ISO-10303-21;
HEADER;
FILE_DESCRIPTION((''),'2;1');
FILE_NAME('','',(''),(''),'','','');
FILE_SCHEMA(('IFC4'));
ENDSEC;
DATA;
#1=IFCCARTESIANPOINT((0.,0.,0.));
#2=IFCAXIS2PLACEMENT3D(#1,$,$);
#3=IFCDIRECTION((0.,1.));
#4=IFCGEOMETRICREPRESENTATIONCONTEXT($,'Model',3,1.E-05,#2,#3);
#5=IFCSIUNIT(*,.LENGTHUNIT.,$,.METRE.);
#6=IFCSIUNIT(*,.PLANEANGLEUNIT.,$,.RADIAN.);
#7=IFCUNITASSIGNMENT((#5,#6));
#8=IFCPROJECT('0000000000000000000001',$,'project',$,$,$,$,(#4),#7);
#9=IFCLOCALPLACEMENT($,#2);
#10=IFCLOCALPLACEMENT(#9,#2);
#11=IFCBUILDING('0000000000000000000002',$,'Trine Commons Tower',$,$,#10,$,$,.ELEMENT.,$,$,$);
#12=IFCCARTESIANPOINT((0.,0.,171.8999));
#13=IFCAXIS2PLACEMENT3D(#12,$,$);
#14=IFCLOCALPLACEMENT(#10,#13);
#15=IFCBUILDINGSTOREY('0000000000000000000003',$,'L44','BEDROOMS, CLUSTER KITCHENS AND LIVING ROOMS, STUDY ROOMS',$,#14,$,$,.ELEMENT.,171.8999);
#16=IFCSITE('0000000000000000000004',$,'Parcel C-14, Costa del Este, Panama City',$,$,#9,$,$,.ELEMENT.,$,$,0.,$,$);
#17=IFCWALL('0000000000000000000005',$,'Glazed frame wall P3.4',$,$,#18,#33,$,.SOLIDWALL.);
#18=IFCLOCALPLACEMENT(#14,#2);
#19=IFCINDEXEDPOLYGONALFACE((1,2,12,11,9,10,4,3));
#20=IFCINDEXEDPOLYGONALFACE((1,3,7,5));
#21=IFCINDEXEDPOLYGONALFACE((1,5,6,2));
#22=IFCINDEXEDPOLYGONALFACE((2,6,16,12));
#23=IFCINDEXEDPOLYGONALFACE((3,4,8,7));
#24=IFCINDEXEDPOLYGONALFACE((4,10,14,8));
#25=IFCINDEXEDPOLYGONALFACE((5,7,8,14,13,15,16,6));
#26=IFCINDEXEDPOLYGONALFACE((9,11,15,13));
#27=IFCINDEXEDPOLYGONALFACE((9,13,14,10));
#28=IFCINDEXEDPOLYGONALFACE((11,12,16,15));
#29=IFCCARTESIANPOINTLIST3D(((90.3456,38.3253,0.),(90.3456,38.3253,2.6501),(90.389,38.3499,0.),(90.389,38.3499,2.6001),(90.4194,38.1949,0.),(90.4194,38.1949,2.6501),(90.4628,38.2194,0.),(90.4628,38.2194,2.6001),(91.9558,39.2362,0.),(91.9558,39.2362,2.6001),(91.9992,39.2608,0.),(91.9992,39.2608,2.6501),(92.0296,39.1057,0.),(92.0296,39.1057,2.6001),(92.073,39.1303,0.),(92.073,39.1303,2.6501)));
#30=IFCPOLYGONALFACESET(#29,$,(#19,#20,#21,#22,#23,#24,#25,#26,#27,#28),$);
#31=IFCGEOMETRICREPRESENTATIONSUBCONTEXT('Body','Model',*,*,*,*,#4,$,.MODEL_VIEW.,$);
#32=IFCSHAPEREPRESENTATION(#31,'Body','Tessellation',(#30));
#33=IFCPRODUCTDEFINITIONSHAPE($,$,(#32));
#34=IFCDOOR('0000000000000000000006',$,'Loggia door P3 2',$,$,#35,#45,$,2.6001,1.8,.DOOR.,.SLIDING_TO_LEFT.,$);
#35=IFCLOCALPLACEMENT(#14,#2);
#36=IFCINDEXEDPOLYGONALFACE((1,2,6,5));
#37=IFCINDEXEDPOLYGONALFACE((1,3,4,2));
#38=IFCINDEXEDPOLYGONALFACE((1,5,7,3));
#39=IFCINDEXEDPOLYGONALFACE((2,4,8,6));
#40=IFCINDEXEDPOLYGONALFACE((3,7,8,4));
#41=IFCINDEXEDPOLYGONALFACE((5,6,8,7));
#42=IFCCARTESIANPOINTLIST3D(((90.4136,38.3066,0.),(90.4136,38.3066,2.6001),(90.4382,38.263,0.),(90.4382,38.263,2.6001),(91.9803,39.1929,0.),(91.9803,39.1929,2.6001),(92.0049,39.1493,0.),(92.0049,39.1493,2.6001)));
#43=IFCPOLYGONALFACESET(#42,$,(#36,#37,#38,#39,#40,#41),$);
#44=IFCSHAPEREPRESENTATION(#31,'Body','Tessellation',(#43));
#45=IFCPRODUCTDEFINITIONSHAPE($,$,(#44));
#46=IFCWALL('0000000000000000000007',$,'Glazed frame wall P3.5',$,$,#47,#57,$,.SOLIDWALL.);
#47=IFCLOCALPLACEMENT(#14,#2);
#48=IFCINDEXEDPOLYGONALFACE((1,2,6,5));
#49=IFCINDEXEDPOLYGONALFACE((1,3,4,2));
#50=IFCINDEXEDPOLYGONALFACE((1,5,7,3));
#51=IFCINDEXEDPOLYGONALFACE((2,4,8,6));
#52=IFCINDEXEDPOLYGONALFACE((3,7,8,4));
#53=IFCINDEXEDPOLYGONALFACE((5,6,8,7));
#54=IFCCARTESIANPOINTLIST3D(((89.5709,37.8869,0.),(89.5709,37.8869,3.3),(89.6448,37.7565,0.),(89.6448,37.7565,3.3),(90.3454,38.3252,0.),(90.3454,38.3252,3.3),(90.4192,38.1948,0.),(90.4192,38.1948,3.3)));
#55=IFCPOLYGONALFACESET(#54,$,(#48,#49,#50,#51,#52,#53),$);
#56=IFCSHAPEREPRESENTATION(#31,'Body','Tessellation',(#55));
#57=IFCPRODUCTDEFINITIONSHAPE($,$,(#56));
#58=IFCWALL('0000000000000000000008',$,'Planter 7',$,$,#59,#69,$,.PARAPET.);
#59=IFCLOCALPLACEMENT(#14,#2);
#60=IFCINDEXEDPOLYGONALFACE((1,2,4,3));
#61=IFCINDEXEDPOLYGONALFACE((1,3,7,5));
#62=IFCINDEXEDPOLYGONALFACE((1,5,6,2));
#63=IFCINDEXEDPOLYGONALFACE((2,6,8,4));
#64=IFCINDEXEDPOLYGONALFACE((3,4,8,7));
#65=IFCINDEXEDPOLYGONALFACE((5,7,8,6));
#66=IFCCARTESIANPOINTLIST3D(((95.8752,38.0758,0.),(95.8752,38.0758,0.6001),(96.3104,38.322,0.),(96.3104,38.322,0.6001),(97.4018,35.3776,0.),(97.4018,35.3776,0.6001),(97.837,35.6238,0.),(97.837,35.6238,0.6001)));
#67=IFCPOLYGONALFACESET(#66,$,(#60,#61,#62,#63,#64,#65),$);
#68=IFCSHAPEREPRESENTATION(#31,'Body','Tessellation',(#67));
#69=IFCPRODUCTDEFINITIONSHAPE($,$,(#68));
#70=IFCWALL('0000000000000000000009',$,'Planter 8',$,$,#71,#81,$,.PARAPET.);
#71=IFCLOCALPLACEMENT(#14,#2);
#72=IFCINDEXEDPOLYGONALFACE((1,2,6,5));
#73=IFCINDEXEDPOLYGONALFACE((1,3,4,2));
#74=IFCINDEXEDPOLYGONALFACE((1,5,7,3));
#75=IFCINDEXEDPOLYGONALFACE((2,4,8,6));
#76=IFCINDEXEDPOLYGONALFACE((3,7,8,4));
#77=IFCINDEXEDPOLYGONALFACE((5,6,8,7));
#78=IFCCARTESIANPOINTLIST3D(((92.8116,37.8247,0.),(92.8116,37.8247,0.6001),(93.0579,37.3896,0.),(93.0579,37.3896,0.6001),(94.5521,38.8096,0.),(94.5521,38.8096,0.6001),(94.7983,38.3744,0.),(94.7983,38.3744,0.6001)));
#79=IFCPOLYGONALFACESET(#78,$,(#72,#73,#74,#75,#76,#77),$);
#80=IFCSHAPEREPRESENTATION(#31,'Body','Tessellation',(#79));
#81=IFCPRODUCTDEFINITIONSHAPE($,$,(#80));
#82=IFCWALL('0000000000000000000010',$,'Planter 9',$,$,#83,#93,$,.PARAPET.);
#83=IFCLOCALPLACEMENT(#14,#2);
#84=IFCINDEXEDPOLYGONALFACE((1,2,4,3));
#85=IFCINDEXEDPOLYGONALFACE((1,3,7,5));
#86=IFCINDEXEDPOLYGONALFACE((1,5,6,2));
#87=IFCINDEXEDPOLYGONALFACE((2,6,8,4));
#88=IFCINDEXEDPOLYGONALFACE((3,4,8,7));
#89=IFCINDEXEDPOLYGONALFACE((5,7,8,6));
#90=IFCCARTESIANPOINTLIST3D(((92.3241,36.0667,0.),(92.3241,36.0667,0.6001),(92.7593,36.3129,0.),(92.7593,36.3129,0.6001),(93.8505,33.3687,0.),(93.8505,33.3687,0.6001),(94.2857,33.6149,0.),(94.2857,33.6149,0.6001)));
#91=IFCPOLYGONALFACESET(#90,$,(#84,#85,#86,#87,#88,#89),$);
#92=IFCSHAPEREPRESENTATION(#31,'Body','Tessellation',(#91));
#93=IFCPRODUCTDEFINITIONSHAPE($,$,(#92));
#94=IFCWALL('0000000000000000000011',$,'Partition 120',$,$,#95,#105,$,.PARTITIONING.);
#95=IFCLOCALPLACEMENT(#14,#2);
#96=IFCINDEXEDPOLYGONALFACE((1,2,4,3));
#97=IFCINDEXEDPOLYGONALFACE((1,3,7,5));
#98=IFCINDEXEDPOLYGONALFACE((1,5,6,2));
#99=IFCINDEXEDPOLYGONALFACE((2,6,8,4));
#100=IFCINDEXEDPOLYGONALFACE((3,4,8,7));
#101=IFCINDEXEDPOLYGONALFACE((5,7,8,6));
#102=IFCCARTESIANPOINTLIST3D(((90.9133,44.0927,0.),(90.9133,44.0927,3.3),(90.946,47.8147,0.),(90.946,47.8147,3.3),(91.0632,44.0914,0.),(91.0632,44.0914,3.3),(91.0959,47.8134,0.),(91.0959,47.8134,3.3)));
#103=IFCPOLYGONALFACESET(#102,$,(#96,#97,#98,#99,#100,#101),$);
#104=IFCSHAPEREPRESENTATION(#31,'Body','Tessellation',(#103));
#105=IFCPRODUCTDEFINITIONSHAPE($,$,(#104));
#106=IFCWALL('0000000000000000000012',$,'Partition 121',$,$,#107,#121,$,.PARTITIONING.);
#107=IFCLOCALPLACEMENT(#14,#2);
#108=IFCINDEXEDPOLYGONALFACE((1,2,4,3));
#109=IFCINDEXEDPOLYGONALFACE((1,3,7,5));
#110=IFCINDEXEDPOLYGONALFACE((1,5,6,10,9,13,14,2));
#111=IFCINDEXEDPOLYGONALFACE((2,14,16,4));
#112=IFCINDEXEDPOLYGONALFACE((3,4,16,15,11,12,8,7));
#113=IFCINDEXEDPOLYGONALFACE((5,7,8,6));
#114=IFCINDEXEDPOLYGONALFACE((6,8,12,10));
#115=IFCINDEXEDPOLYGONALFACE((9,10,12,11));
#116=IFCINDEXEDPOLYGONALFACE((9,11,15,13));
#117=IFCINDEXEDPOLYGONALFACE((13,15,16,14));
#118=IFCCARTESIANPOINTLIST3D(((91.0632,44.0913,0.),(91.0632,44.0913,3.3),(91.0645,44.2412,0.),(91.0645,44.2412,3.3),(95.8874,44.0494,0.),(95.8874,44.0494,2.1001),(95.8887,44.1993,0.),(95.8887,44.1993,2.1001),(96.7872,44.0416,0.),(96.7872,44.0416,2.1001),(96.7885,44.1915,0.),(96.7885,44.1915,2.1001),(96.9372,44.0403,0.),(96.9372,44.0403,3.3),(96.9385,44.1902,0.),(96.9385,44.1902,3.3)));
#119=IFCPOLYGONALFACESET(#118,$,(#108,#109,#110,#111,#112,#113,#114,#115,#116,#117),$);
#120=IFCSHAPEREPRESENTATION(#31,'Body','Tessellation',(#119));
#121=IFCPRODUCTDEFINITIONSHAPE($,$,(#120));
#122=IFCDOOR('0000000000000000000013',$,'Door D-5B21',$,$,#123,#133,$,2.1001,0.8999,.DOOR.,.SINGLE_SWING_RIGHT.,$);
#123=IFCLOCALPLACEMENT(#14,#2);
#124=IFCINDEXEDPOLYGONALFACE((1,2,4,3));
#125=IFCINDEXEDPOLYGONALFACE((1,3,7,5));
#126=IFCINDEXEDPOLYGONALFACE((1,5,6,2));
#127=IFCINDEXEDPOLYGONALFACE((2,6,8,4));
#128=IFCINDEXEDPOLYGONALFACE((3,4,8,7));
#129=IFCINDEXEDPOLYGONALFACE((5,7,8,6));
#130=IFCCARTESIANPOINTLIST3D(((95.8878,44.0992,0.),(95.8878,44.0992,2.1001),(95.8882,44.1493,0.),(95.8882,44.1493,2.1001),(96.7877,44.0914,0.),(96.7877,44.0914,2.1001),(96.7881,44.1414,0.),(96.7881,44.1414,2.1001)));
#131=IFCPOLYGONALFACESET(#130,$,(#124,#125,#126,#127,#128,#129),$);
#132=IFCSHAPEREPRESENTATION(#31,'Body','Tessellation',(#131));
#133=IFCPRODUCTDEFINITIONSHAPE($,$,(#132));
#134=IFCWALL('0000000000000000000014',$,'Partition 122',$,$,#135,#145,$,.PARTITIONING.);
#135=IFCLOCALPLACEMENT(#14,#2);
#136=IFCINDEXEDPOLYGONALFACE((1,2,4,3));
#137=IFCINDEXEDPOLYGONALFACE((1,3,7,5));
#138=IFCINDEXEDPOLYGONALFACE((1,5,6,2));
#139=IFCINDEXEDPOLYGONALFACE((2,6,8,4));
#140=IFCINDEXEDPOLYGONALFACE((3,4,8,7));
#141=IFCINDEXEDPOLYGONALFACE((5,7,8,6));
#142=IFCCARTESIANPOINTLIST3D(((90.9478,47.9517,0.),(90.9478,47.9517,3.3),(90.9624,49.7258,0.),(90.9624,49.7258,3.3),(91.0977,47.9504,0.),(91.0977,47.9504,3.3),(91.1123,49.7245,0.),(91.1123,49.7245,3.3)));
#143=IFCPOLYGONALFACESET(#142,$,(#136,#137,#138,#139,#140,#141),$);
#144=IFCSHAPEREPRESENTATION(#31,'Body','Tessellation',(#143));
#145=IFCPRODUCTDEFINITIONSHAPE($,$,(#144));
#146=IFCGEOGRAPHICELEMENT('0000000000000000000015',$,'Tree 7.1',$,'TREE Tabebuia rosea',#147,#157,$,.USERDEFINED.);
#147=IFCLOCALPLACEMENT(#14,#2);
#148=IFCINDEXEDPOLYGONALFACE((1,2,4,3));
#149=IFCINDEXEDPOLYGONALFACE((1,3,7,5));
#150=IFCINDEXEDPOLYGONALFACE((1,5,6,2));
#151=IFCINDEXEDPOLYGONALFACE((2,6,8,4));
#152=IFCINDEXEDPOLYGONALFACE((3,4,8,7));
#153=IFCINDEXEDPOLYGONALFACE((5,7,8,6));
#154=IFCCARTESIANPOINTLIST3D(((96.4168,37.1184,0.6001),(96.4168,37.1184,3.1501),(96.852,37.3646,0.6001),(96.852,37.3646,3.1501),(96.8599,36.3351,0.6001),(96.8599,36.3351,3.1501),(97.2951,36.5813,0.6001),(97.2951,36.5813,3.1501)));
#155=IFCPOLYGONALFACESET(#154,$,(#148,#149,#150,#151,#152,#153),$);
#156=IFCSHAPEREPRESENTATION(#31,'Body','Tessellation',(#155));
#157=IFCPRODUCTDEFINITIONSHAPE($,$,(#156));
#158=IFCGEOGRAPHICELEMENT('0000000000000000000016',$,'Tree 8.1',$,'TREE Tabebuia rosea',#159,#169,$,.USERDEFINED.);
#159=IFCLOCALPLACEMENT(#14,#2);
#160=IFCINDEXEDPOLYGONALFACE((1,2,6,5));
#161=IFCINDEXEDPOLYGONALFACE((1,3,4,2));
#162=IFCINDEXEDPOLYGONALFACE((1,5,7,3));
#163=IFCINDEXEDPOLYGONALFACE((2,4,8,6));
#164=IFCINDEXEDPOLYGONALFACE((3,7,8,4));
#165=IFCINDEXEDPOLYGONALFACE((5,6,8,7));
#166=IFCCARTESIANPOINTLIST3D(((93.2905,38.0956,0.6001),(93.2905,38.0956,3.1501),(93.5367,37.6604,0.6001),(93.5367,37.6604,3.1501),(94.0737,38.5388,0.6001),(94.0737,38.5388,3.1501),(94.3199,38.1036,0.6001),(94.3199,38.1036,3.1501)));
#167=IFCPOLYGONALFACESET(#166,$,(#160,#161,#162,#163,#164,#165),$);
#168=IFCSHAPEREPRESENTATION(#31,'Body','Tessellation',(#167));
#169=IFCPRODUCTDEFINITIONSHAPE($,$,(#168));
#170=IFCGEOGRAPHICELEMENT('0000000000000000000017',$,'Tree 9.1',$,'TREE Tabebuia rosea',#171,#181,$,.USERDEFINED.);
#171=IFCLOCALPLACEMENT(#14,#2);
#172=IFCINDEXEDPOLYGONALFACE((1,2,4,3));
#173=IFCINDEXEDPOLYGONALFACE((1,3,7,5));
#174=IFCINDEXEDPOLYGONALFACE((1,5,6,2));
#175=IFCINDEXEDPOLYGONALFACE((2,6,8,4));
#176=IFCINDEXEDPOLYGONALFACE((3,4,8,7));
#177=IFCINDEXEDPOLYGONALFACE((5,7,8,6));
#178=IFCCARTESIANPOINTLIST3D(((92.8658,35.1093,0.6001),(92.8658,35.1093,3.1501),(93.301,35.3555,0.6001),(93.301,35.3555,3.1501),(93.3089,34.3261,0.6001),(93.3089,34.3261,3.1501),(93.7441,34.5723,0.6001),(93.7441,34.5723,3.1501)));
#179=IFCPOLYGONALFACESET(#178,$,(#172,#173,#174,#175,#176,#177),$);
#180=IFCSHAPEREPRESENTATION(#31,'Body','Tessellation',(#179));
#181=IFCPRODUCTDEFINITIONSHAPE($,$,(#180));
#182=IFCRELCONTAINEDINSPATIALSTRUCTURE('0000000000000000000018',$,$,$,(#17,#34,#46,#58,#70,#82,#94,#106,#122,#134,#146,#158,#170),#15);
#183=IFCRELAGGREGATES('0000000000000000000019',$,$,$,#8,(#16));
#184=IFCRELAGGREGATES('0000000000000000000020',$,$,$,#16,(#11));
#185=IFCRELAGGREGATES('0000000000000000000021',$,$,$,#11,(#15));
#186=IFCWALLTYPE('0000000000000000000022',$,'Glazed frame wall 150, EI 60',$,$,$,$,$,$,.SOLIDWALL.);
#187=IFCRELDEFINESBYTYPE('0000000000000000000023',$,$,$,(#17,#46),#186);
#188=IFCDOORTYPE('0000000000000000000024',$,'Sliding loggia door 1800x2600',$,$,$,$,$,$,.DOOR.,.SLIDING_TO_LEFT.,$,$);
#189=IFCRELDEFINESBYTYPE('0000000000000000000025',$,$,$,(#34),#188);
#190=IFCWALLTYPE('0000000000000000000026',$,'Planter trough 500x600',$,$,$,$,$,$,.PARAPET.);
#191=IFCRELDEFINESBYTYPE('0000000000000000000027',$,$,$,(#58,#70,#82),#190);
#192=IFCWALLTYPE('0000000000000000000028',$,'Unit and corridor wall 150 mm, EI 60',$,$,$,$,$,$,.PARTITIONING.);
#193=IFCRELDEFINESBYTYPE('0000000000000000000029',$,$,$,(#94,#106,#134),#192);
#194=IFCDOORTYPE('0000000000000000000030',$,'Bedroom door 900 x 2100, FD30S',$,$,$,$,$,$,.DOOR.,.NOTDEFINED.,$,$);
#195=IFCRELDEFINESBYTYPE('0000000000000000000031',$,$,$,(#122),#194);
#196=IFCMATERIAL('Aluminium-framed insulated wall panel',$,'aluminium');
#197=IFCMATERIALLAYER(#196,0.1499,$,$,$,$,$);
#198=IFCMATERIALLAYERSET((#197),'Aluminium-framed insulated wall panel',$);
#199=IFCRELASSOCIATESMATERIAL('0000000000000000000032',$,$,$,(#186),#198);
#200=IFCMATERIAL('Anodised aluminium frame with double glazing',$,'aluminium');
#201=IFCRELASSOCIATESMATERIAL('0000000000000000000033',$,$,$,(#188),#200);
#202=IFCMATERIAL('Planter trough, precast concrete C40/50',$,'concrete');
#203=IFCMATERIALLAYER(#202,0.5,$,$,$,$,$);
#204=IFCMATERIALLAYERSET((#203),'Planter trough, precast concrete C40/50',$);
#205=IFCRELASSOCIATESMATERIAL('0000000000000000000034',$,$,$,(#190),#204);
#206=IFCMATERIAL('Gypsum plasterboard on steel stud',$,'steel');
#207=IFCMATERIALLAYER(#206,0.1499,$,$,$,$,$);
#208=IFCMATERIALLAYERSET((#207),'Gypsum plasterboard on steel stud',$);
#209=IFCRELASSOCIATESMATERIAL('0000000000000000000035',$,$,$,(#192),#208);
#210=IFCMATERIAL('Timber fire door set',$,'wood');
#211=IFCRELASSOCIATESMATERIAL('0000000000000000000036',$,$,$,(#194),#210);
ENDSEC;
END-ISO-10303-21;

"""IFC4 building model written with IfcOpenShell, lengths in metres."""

from ifc_helpers import new_model, si_unit, direction, frame, frame_2d, origin, origin_2d, place, context, subcontext, project, spatial, polyline, rectangle, outline, extrude, material, layer, layer_set, type_object, element, fill, save


model = new_model("IFC4")

# Units and contexts
model_context = context("Model", 3, precision=1e-05, world=origin(), true_north=direction((0.0, 1.0)))
body_context = subcontext(model_context, "Body", "Model", "MODEL_VIEW")
ifc_project = project(units=[si_unit("LENGTHUNIT", "METRE"), si_unit("PLANEANGLEUNIT", "RADIAN")], contexts=[model_context])

# Site, building, storey
site_placement = place(None, origin())
site = spatial("IfcSite", under=ifc_project, at=site_placement, Name="Parcel C-14, Costa del Este, Panama City", CompositionType="ELEMENT", RefElevation=0.0)
building_placement = place(site_placement, origin())
building = spatial("IfcBuilding", under=site, at=building_placement, Name="Trine Commons Tower", CompositionType="ELEMENT")
storey_placement = place(building_placement, frame((0.0, 0.0, 171.8999)))
storey = spatial("IfcBuildingStorey", under=building, at=storey_placement, Name="L44", Description="BEDROOMS, CLUSTER KITCHENS AND LIVING ROOMS, STUDY ROOMS", CompositionType="ELEMENT", Elevation=171.8999)

# Shared definitions
ifc_material_1 = material(Name="Aluminium-framed insulated wall panel", Category="aluminium")
ifc_layer_1 = layer(ifc_material_1, 0.1499)
ifc_layer_set_1 = layer_set([ifc_layer_1], Name="Aluminium-framed insulated wall panel")
wall_type_1 = type_object("IfcWallType", Name="Glazed frame wall 150, EI 60", PredefinedType="SOLIDWALL", material=ifc_layer_set_1)

# Shared definitions
ifc_material_2 = material(Name="Anodised aluminium frame with double glazing", Category="aluminium")
door_type_1 = type_object("IfcDoorType", Name="Sliding loggia door 1800x2600", OperationType="SLIDING_TO_LEFT", PredefinedType="DOOR", material=ifc_material_2)

# Wall, opening, door
wall_1_placement = place(storey_placement, frame((92.0361, 39.1956, 0.0), z_axis=(0.0, 0.0, 1.0), x_axis=(-0.870386, -0.492371, 0.0)))
wall_1 = element("IfcWall", 1, at=wall_1_placement, inside=storey, type_object=wall_type_1, Name="Glazed frame wall P3.4", PredefinedType="SOLIDWALL", context=body_context, shape_type="SweptSolid", body=[
    extrude(outline(polyline([(0.0, -0.075), (1.8999, -0.075), (1.8999, 0.075), (0.0, 0.075), (0.0, -0.075)])), origin(), (0.0, 0.0, 1.0), 2.6501),
])
opening_1_placement = place(wall_1_placement, frame((0.05, 0.0, 0.0)))
opening_1 = element("IfcOpeningElement", 2, at=opening_1_placement, cuts=wall_1, PredefinedType="OPENING", context=body_context, shape_type="SweptSolid", body=[
    extrude(rectangle(XDim=1.8, YDim=2.6001, at=frame_2d((0.8999, 1.3))), frame((0.0, 0.085, 0.0), z_axis=(0.0, -1.0, 0.0), x_axis=(1.0, 0.0, 0.0)), (0.0, 0.0, 1.0), 0.1699),
])
door_1_placement = place(opening_1_placement, origin())
door_1 = element("IfcDoor", 3, at=door_1_placement, inside=storey, type_object=door_type_1, Name="Loggia door P3 2", OperationType="SLIDING_TO_LEFT", OverallHeight=2.6001, OverallWidth=1.8, PredefinedType="DOOR", context=body_context, shape_type="SweptSolid", body=[
    extrude(rectangle(XDim=1.8, YDim=2.6001, at=frame_2d((0.8999, 1.3))), frame((0.0, 0.0249, 0.0), z_axis=(0.0, -1.0, 0.0), x_axis=(1.0, 0.0, 0.0)), (0.0, 0.0, 1.0), 0.05),
])
fill(opening_1, door_1)

# Walls
wall_2_placement = place(storey_placement, frame((90.3823, 38.26, 0.0), z_axis=(0.0, 0.0, 1.0), x_axis=(-0.870294, -0.492532, 0.0)))
element("IfcWall", 4, at=wall_2_placement, inside=storey, type_object=wall_type_1, Name="Glazed frame wall P3.5", PredefinedType="SOLIDWALL", context=body_context, shape_type="SweptSolid", body=[
    extrude(outline(polyline([(0.8899, 0.075), (0.0, 0.075), (0.0, -0.075), (0.8899, -0.075), (0.8899, 0.075)])), origin(), (0.0, 0.0, 1.0), 3.3),
])
ifc_material_3 = material(Name="Planter trough, precast concrete C40/50", Category="concrete")
ifc_layer_2 = layer(ifc_material_3, 0.5)
ifc_layer_set_2 = layer_set([ifc_layer_2], Name="Planter trough, precast concrete C40/50")
wall_type_2 = type_object("IfcWallType", Name="Planter trough 500x600", PredefinedType="PARAPET", material=ifc_layer_set_2)
wall_3_placement = place(storey_placement, frame((97.6194, 35.5007, 0.0), z_axis=(0.0, 0.0, 1.0), x_axis=(-0.492428, 0.870353, 0.0)))
element("IfcWall", 5, at=wall_3_placement, inside=storey, type_object=wall_type_2, Name="Planter 7", PredefinedType="PARAPET", context=body_context, shape_type="SweptSolid", body=[
    extrude(rectangle(XDim=3.1001, YDim=0.5, at=frame_2d((1.55, 0.0))), origin(), (0.0, 0.0, 1.0), 0.6001),
])
wall_4_placement = place(storey_placement, frame((94.6753, 38.592, 0.0), z_axis=(0.0, 0.0, 1.0), x_axis=(-0.870324, -0.49248, 0.0)))
element("IfcWall", 6, at=wall_4_placement, inside=storey, type_object=wall_type_2, Name="Planter 8", PredefinedType="PARAPET", context=body_context, shape_type="SweptSolid", body=[
    extrude(rectangle(XDim=1.9998, YDim=0.5, at=frame_2d((1.0, 0.0))), origin(), (0.0, 0.0, 1.0), 0.6001),
])
wall_5_placement = place(storey_placement, frame((92.5417, 36.1897, 0.0), z_axis=(0.0, 0.0, 1.0), x_axis=(0.492402, -0.870368, 0.0)))
element("IfcWall", 7, at=wall_5_placement, inside=storey, type_object=wall_type_2, Name="Planter 9", PredefinedType="PARAPET", context=body_context, shape_type="SweptSolid", body=[
    extrude(rectangle(XDim=3.0999, YDim=0.5, at=frame_2d((1.5498, 0.0))), origin(), (0.0, 0.0, 1.0), 0.6001),
])
ifc_material_4 = material(Name="Gypsum plasterboard on steel stud", Category="steel")
ifc_layer_3 = layer(ifc_material_4, 0.1499)
ifc_layer_set_3 = layer_set([ifc_layer_3], Name="Gypsum plasterboard on steel stud")
wall_type_3 = type_object("IfcWallType", Name="Unit and corridor wall 150 mm, EI 60", PredefinedType="PARTITIONING", material=ifc_layer_set_3)
wall_6_placement = place(storey_placement, frame((90.9883, 44.092, 0.0), z_axis=(0.0, 0.0, 1.0), x_axis=(0.008789, 0.999961, 0.0)))
element("IfcWall", 8, at=wall_6_placement, inside=storey, type_object=wall_type_3, Name="Partition 120", PredefinedType="PARTITIONING", context=body_context, shape_type="SweptSolid", body=[
    extrude(rectangle(XDim=3.7222, YDim=0.1499, at=frame_2d((1.8611, 0.0))), origin(), (0.0, 0.0, 1.0), 3.3),
])

# Wall, opening, door
wall_7_placement = place(storey_placement, frame((91.064, 44.1663, 0.0), z_axis=(0.0, 0.0, 1.0), x_axis=(0.999962, -0.008686, 0.0)))
wall_7 = element("IfcWall", 9, at=wall_7_placement, inside=storey, type_object=wall_type_3, Name="Partition 121", PredefinedType="PARTITIONING", context=body_context, shape_type="SweptSolid", body=[
    extrude(rectangle(XDim=5.8743, YDim=0.1499, at=frame_2d((2.937, 0.0))), origin(), (0.0, 0.0, 1.0), 3.3),
])
opening_2_placement = place(wall_7_placement, frame((4.8242, 0.0, 0.0)))
opening_2 = element("IfcOpeningElement", 10, at=opening_2_placement, cuts=wall_7, PredefinedType="OPENING", context=body_context, shape_type="SweptSolid", body=[
    extrude(rectangle(XDim=0.8999, YDim=2.1001, at=frame_2d((0.45, 1.05))), frame((0.0, 0.085, 0.0), z_axis=(0.0, -1.0, 0.0), x_axis=(1.0, 0.0, 0.0)), (0.0, 0.0, 1.0), 0.1699),
])
ifc_material_5 = material(Name="Timber fire door set", Category="wood")
door_type_2 = type_object("IfcDoorType", Name="Bedroom door 900 x 2100, FD30S", OperationType="NOTDEFINED", PredefinedType="DOOR", material=ifc_material_5)
door_2_placement = place(opening_2_placement, origin())
door_2 = element("IfcDoor", 11, at=door_2_placement, inside=storey, type_object=door_type_2, Name="Door D-5B21", OperationType="SINGLE_SWING_RIGHT", OverallHeight=2.1001, OverallWidth=0.8999, PredefinedType="DOOR", context=body_context, shape_type="SweptSolid", body=[
    extrude(rectangle(XDim=0.8999, YDim=2.1001, at=frame_2d((0.45, 1.05))), frame((0.0, 0.0249, 0.0), z_axis=(0.0, -1.0, 0.0), x_axis=(1.0, 0.0, 0.0)), (0.0, 0.0, 1.0), 0.05),
])
fill(opening_2, door_2)

# Wall
wall_8_placement = place(storey_placement, frame((91.0227, 47.9509, 0.0), z_axis=(0.0, 0.0, 1.0), x_axis=(0.008256, 0.999966, 0.0)))
element("IfcWall", 12, at=wall_8_placement, inside=storey, type_object=wall_type_3, Name="Partition 122", PredefinedType="PARTITIONING", context=body_context, shape_type="SweptSolid", body=[
    extrude(rectangle(XDim=1.7742, YDim=0.1499, at=frame_2d((0.8872, 0.0))), origin(), (0.0, 0.0, 1.0), 3.3),
])

# Geographic elements
for number, where, z_axis, x_axis, name in (
    (13, (96.856, 36.8499, 0.6001), (0.0, 0.0, 1.0), (-0.492421, 0.870357, 0.0), "Tree 7.1"),
    (14, (93.8052, 38.0996, 0.6001), (0.0, 0.0, 1.0), (-0.870333, -0.492463, 0.0), "Tree 8.1"),
    (15, (93.3049, 34.8408, 0.6001), (0.0, 0.0, 1.0), (0.492421, -0.870357, 0.0), "Tree 9.1"),
):
    element("IfcGeographicElement", number, at=place(storey_placement, frame(where, z_axis=z_axis, x_axis=x_axis)), inside=storey, Name=name, ObjectType="TREE Tabebuia rosea", PredefinedType="USERDEFINED", context=body_context, shape_type="SweptSolid", body=[
        extrude(rectangle(XDim=0.8999, YDim=0.5, at=origin_2d()), origin(), (0.0, 0.0, 1.0), 2.55),
    ])

save(model, "model.ifc")
